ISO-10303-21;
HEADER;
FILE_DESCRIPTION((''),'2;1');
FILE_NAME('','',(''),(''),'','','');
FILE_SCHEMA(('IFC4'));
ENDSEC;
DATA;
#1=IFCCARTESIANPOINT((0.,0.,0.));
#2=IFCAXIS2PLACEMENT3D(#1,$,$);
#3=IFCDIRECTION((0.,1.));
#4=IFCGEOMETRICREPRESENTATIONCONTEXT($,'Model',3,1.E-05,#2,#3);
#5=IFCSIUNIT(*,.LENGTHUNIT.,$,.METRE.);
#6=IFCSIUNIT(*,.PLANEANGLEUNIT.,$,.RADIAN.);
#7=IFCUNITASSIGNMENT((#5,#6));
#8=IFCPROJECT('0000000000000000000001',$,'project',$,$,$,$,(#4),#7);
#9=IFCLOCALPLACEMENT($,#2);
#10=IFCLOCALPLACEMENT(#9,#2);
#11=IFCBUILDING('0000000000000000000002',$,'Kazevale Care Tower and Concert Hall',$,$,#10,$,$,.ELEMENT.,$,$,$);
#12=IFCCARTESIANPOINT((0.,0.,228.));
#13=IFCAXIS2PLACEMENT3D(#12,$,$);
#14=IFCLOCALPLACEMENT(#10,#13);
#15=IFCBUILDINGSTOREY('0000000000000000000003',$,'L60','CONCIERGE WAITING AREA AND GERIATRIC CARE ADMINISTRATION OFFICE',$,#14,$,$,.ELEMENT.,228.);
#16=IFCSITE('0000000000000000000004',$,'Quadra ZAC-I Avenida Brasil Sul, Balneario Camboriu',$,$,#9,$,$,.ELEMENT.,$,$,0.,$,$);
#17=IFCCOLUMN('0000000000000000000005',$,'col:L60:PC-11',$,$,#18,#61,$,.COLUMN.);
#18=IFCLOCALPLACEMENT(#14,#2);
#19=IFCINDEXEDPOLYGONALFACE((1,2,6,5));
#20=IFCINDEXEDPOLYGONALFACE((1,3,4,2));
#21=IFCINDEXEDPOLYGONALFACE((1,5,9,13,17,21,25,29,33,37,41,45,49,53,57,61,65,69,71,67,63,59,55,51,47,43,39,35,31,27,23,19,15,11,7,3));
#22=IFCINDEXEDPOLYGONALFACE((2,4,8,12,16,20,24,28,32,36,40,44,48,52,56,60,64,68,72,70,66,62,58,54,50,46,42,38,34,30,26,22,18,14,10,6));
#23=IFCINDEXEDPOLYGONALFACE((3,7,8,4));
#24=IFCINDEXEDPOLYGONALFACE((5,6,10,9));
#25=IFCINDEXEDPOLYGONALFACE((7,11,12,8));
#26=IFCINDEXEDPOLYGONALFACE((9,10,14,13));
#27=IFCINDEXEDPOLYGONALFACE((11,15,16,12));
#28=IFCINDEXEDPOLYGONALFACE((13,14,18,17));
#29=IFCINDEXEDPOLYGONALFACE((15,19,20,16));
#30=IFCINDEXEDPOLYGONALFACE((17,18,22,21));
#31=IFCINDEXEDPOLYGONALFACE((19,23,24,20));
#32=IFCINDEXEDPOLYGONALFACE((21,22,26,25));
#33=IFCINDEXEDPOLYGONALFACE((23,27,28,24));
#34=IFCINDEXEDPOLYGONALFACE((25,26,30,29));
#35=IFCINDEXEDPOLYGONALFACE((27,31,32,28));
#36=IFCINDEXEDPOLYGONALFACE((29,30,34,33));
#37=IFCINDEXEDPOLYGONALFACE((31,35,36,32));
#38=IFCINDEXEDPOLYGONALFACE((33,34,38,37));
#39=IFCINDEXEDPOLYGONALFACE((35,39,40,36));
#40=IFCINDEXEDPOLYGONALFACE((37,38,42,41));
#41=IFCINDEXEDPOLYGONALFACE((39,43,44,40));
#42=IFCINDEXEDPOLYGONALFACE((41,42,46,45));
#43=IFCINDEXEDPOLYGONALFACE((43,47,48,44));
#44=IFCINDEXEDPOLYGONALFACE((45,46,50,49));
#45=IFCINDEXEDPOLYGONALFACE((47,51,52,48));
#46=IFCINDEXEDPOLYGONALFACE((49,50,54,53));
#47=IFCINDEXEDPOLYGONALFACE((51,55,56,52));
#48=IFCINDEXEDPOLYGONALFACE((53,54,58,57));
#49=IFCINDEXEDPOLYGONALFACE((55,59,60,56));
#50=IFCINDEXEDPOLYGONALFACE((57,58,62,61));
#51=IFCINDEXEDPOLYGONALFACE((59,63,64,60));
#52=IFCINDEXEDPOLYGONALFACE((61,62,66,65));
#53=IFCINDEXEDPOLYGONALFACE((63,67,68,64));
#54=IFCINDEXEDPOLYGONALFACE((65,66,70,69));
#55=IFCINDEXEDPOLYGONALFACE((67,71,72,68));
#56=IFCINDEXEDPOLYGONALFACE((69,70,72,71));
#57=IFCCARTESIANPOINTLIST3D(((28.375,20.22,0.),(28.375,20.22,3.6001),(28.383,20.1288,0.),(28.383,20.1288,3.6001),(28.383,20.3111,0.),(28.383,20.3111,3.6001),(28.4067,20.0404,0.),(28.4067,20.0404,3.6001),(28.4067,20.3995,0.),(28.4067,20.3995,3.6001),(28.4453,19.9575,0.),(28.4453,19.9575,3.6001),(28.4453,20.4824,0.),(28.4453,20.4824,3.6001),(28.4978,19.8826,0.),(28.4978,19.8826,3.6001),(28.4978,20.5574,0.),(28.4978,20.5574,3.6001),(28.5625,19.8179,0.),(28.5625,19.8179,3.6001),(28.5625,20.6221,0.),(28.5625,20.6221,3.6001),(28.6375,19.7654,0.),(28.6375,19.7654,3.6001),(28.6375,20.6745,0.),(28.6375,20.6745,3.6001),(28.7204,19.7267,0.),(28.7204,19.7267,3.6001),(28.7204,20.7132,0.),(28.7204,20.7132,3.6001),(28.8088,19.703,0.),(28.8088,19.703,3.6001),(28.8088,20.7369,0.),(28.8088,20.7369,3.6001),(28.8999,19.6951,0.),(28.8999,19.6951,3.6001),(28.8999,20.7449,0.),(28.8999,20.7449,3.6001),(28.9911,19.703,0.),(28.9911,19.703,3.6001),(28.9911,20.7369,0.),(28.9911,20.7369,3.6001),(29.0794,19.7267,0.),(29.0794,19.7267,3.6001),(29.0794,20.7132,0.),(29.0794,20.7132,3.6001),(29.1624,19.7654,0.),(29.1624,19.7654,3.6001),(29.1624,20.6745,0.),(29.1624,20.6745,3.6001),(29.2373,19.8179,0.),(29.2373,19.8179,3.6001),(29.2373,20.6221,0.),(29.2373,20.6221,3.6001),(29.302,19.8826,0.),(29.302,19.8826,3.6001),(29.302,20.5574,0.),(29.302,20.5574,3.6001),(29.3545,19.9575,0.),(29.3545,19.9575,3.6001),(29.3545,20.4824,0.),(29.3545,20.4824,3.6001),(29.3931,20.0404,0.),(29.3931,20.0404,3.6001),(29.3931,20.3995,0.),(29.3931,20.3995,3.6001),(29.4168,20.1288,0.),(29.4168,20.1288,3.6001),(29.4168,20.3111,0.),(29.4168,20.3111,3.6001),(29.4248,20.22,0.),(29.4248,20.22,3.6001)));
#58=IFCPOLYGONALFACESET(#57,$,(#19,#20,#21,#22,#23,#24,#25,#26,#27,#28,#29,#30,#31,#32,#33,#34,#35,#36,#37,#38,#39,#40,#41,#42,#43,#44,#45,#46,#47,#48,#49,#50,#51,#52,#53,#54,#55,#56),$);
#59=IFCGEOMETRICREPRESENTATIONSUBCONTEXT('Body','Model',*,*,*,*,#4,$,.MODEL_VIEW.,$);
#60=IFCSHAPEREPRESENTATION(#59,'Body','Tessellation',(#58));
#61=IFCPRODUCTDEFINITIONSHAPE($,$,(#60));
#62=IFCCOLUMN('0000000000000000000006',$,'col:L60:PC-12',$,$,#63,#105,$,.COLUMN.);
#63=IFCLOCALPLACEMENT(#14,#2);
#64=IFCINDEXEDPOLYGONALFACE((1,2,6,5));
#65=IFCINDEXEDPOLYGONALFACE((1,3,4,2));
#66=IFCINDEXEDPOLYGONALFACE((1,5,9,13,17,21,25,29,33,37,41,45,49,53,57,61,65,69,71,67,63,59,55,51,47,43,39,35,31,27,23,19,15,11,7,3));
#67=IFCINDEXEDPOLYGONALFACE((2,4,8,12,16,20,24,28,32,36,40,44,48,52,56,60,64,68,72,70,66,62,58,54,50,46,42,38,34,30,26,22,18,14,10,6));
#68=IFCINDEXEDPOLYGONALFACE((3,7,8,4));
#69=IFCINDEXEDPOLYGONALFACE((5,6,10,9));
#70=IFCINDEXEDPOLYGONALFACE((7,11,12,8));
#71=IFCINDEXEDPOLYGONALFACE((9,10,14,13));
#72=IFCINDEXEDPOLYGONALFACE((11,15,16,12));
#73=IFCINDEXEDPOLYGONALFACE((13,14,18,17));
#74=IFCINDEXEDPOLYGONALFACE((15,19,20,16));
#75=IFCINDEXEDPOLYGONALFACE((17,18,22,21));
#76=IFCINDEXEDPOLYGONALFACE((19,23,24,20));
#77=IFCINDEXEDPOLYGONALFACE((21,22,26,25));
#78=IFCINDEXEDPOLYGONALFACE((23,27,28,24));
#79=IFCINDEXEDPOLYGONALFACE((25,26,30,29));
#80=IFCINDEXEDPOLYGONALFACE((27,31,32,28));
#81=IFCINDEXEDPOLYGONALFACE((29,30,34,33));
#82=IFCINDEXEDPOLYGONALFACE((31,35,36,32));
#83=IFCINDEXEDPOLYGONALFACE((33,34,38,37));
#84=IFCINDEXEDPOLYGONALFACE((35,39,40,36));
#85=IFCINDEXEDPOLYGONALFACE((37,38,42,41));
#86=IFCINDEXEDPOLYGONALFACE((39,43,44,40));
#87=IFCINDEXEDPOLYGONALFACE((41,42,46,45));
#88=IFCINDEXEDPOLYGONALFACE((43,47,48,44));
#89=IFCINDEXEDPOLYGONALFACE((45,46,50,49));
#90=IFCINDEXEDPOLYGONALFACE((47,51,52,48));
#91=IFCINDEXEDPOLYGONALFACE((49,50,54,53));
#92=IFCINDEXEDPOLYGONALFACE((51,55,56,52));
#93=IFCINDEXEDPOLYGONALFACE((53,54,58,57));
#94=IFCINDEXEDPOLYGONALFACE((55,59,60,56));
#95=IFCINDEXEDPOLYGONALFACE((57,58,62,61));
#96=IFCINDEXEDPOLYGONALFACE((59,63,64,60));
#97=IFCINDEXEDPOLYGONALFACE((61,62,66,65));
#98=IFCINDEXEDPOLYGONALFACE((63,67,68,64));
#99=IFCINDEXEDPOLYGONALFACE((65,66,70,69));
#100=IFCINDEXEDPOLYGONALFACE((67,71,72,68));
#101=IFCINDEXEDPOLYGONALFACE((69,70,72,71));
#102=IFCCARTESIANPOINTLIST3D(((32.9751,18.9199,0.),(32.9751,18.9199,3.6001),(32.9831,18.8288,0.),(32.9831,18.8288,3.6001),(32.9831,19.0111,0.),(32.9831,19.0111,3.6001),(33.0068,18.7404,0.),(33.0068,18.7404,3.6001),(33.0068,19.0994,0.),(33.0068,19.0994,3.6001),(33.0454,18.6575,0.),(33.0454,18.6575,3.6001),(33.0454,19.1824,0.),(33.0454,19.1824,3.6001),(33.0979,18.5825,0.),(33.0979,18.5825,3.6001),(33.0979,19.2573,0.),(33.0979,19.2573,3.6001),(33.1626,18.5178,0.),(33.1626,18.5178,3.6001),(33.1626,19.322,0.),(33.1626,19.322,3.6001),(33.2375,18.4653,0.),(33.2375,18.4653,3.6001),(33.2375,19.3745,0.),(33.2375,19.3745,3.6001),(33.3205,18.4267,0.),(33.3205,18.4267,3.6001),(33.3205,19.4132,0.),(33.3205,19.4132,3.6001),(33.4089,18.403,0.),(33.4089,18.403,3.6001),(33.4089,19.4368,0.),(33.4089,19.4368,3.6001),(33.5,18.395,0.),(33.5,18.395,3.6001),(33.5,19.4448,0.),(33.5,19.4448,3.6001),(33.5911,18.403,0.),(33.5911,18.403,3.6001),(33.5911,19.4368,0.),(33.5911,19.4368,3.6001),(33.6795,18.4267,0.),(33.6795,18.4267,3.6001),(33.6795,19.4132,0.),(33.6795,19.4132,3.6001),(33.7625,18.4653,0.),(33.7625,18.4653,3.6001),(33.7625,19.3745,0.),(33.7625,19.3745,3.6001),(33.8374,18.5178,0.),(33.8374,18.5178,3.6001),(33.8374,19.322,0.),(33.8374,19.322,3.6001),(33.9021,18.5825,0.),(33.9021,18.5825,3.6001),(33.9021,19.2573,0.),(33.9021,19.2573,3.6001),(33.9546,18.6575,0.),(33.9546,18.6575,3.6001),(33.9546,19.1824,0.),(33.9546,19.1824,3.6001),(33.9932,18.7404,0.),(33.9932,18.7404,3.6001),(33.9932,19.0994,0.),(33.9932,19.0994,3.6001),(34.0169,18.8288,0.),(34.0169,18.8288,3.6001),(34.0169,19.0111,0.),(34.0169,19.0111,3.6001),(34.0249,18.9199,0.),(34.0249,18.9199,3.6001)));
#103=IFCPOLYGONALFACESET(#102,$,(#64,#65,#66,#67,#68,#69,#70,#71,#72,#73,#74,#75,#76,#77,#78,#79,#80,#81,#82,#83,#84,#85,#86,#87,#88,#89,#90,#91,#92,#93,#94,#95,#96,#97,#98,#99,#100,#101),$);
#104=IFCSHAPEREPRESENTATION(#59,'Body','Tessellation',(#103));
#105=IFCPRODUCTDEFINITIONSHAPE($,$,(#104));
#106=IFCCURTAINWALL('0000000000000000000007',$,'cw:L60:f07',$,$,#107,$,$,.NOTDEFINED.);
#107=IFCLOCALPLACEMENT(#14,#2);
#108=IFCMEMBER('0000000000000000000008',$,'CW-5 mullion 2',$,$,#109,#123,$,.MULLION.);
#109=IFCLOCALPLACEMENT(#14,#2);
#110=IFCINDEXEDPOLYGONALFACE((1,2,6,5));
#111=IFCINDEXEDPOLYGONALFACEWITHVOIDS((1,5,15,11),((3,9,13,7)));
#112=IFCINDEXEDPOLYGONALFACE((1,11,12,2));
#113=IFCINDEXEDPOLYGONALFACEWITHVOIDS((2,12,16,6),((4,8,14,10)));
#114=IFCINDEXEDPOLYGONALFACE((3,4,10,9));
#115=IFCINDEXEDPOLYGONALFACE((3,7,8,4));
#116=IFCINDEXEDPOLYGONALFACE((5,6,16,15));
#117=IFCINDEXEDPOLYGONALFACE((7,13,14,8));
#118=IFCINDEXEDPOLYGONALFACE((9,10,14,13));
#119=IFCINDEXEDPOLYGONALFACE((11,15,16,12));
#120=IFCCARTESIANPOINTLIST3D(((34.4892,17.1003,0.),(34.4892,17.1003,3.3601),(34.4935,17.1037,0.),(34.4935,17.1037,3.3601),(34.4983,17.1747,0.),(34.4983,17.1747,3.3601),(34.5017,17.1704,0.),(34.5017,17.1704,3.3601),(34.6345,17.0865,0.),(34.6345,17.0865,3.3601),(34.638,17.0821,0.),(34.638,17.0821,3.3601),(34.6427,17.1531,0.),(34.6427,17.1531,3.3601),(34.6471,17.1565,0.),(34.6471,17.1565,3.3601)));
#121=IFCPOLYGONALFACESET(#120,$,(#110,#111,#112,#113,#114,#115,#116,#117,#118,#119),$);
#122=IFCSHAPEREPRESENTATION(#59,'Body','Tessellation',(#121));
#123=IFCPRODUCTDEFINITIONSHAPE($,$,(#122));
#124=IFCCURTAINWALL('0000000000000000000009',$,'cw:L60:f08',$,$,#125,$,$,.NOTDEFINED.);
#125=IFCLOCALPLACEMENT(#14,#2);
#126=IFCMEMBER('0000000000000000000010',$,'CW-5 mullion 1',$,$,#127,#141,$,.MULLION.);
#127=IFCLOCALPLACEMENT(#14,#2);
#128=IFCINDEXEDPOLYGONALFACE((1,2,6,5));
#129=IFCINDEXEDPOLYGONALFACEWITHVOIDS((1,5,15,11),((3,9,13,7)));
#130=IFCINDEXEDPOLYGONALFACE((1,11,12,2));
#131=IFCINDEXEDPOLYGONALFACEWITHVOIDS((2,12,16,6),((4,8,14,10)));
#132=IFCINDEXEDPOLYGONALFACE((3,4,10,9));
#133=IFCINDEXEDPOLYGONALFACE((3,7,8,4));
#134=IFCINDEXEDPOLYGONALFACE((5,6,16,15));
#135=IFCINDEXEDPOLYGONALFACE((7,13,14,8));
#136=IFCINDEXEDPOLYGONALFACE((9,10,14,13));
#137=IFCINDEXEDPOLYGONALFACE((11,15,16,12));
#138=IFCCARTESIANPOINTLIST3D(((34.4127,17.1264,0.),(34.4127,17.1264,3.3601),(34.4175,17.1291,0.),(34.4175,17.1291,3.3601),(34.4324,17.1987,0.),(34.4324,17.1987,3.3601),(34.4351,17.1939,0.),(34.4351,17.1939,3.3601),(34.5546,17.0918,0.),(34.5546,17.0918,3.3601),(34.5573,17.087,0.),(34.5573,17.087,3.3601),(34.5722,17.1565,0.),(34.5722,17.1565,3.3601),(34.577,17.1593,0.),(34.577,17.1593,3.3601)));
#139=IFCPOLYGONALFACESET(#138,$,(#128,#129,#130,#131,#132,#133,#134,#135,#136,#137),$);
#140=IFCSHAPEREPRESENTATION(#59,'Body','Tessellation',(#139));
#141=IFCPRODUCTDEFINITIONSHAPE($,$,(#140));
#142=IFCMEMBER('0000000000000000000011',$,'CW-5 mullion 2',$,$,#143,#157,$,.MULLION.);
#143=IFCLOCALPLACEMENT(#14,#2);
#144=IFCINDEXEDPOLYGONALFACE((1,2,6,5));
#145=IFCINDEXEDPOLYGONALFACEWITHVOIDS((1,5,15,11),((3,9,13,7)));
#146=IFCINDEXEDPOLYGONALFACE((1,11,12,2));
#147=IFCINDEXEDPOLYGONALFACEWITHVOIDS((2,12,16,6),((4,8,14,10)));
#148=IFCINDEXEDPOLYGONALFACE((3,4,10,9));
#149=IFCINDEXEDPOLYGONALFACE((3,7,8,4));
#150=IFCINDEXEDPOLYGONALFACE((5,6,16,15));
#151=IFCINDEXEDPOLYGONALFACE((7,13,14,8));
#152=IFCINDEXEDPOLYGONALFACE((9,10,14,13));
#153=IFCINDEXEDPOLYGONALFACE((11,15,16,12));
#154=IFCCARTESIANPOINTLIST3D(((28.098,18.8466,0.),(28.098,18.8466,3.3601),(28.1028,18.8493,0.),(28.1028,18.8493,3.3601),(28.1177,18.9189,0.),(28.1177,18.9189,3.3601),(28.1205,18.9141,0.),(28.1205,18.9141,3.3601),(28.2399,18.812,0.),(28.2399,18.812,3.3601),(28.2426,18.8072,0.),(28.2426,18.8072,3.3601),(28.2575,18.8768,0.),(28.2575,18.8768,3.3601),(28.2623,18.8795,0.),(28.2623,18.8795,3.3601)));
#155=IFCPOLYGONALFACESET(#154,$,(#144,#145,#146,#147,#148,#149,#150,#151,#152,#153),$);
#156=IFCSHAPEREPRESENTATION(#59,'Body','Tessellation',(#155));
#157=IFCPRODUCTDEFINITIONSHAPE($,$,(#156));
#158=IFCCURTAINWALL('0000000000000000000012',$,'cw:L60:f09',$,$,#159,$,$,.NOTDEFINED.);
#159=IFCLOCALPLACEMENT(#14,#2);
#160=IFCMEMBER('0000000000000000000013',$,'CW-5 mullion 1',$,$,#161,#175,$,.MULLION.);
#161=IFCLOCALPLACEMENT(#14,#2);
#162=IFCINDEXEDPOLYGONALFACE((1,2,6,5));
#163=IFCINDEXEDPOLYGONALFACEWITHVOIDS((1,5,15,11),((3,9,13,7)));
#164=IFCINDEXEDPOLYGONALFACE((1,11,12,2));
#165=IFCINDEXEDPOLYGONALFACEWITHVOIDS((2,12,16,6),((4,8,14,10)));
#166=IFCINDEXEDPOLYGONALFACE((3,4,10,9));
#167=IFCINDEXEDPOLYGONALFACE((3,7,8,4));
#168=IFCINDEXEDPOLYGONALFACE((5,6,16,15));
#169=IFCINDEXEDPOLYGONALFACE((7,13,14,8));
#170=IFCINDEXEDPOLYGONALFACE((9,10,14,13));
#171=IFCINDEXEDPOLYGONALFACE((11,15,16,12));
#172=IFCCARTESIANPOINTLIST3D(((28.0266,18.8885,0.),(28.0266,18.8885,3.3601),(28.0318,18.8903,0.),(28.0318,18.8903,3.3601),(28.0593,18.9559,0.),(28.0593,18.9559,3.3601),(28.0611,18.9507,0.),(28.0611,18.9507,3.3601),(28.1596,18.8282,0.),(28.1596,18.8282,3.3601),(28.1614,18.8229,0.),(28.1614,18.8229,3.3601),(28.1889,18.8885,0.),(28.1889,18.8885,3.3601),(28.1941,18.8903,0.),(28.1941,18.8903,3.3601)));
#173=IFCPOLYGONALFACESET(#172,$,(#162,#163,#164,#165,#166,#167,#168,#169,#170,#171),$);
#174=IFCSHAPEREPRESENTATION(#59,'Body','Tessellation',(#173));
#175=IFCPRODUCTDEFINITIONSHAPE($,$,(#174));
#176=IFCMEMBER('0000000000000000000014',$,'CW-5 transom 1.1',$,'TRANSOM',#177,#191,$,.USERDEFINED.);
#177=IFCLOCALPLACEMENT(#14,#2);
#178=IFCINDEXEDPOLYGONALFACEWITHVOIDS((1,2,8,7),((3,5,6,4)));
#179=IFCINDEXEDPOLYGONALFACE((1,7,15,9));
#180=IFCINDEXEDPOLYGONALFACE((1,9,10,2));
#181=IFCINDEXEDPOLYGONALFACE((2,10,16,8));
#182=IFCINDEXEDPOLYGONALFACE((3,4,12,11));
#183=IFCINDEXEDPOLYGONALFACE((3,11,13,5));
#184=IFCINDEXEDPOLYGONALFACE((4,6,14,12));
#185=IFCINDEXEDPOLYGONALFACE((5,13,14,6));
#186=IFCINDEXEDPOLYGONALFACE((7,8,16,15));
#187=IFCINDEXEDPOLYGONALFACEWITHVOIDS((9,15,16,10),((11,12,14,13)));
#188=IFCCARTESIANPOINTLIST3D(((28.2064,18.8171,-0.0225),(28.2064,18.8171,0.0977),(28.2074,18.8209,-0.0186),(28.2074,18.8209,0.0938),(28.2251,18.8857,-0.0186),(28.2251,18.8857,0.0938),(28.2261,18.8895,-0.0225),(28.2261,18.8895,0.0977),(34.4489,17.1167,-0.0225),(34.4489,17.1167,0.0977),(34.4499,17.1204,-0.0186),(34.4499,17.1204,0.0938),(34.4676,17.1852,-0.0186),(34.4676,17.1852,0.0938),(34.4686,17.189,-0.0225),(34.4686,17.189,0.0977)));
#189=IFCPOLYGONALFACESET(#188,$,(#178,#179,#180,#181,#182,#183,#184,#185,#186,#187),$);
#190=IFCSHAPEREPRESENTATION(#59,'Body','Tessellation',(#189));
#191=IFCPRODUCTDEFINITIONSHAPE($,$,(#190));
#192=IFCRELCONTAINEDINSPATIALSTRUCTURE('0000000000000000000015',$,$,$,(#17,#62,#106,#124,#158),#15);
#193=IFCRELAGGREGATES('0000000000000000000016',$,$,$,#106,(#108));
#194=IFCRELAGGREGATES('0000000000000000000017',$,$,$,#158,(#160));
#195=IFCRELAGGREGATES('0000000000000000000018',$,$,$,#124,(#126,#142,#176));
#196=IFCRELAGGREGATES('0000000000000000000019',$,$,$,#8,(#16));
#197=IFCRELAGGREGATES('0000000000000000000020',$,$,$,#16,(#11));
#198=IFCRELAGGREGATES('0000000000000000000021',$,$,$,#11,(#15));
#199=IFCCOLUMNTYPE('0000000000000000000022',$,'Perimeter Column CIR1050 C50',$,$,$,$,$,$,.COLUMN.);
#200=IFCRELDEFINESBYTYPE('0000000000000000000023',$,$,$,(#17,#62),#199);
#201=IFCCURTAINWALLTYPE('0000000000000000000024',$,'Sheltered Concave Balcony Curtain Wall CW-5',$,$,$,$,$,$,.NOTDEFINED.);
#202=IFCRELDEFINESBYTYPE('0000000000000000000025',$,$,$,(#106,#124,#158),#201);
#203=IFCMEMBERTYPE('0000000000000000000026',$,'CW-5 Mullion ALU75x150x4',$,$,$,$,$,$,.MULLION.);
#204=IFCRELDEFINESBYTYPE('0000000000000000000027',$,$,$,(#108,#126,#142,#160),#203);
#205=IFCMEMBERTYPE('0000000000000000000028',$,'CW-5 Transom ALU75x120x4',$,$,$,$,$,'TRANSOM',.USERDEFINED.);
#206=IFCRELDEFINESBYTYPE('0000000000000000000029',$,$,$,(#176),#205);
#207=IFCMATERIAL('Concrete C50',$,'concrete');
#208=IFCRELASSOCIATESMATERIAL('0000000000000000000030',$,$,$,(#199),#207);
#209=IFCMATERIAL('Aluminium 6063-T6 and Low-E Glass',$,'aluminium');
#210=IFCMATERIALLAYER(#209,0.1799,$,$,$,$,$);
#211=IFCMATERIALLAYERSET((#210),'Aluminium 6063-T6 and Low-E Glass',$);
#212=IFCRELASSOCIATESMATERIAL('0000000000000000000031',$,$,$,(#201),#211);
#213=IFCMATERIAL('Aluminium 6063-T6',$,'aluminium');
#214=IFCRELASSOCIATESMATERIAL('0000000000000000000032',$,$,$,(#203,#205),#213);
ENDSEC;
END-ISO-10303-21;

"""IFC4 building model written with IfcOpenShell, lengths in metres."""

from ifc_helpers import new_model, si_unit, direction, frame, origin, origin_2d, place, context, subcontext, project, spatial, hollow_rectangle, circle, extrude, material, layer, layer_set, material_profile, profile_set, type_object, element, aggregate, save


model = new_model("IFC4")

# Units and contexts
model_context = context("Model", 3, precision=1e-05, world=origin(), true_north=direction((0.0, 1.0)))
body_context = subcontext(model_context, "Body", "Model", "MODEL_VIEW")
ifc_project = project(units=[si_unit("LENGTHUNIT", "METRE"), si_unit("PLANEANGLEUNIT", "RADIAN")], contexts=[model_context])

# Site, building, storey
site_placement = place(None, origin())
site = spatial("IfcSite", under=ifc_project, at=site_placement, Name="Quadra ZAC-I Avenida Brasil Sul, Balneario Camboriu", CompositionType="ELEMENT", RefElevation=0.0)
building_placement = place(site_placement, origin())
building = spatial("IfcBuilding", under=site, at=building_placement, Name="Kazevale Care Tower and Concert Hall", CompositionType="ELEMENT")
storey_placement = place(building_placement, frame((0.0, 0.0, 228.0)))
storey = spatial("IfcBuildingStorey", under=building, at=storey_placement, Name="L60", Description="CONCIERGE WAITING AREA AND GERIATRIC CARE ADMINISTRATION OFFICE", CompositionType="ELEMENT", Elevation=228.0)

# Columns
ifc_material_1 = material(Name="Concrete C50", Category="concrete")
ifc_material_profile_1 = material_profile(ifc_material_1, circle(Radius=0.5249, at=origin_2d()), Name="RC-CIR1050")
ifc_profile_set_1 = profile_set([ifc_material_profile_1], Name="Concrete C50")
column_type = type_object("IfcColumnType", Name="Perimeter Column CIR1050 C50", PredefinedType="COLUMN", material=ifc_profile_set_1)
for number, where, z_axis, x_axis, name in (
    (1, (28.8999, 20.22, 0.0), (0.0, 0.0, 1.0), (1.0, 0.0, 0.0), "col:L60:PC-11"),
    (2, (33.5, 18.9199, 0.0), (0.0, 0.0, 1.0), (1.0, 0.0, 0.0), "col:L60:PC-12"),
):
    element("IfcColumn", number, at=place(storey_placement, frame(where, z_axis=z_axis, x_axis=x_axis)), inside=storey, type_object=column_type, Name=name, PredefinedType="COLUMN", context=body_context, shape_type="SweptSolid", body=[
        extrude(circle(Radius=0.5249, at=origin_2d()), origin(), (0.0, 0.0, 1.0), 3.6001),
    ])

# Curtain wall, member
ifc_material_2 = material(Name="Aluminium 6063-T6 and Low-E Glass", Category="aluminium")
ifc_layer_1 = layer(ifc_material_2, 0.1799)
ifc_layer_set_1 = layer_set([ifc_layer_1], Name="Aluminium 6063-T6 and Low-E Glass")
curtain_wall_type = type_object("IfcCurtainWallType", Name="Sheltered Concave Balcony Curtain Wall CW-5", PredefinedType="NOTDEFINED", material=ifc_layer_set_1)
curtain_wall_1_placement = place(storey_placement, origin())
curtain_wall_1 = element("IfcCurtainWall", 3, at=curtain_wall_1_placement, inside=storey, type_object=curtain_wall_type, Name="cw:L60:f07", PredefinedType="NOTDEFINED")
ifc_material_3 = material(Name="Aluminium 6063-T6", Category="aluminium")
ifc_material_profile_2 = material_profile(ifc_material_3, hollow_rectangle(XDim=0.075, YDim=0.1499, WallThickness=0.0039, at=origin_2d()), Name="ALU75x150x4")
ifc_profile_set_2 = profile_set([ifc_material_profile_2], Name="Aluminium 6063-T6")
member_type_1 = type_object("IfcMemberType", Name="CW-5 Mullion ALU75x150x4", PredefinedType="MULLION", material=ifc_profile_set_2)
member_1_placement = place(storey_placement, frame((34.5681, 17.1284, 0.0), z_axis=(0.0, 0.0, 1.0), x_axis=(-0.121651, -0.992573, 0.0)))
member_1 = element("IfcMember", 4, at=member_1_placement, type_object=member_type_1, Name="CW-5 mullion 2", PredefinedType="MULLION", context=body_context, shape_type="SweptSolid", body=[
    extrude(hollow_rectangle(XDim=0.075, YDim=0.1499, WallThickness=0.0039, at=origin_2d()), origin(), (0.0, 0.0, 1.0), 3.3601),
])
aggregate(curtain_wall_1, [member_1])

# Curtain wall, members
curtain_wall_2_placement = place(storey_placement, origin())
curtain_wall_2 = element("IfcCurtainWall", 5, at=curtain_wall_2_placement, inside=storey, type_object=curtain_wall_type, Name="cw:L60:f08", PredefinedType="NOTDEFINED")
member_2_placement = place(storey_placement, frame((34.4949, 17.1428, 0.0), z_axis=(0.0, 0.0, 1.0), x_axis=(-0.262849, -0.964837, 0.0)))
member_2 = element("IfcMember", 6, at=member_2_placement, type_object=member_type_1, Name="CW-5 mullion 1", PredefinedType="MULLION", context=body_context, shape_type="SweptSolid", body=[
    extrude(hollow_rectangle(XDim=0.075, YDim=0.1499, WallThickness=0.0039, at=origin_2d()), origin(), (0.0, 0.0, 1.0), 3.3601),
])
member_3_placement = place(storey_placement, frame((28.1802, 18.863, 0.0), z_axis=(0.0, 0.0, 1.0), x_axis=(-0.262849, -0.964837, 0.0)))
member_3 = element("IfcMember", 7, at=member_3_placement, type_object=member_type_1, Name="CW-5 mullion 2", PredefinedType="MULLION", context=body_context, shape_type="SweptSolid", body=[
    extrude(hollow_rectangle(XDim=0.075, YDim=0.1499, WallThickness=0.0039, at=origin_2d()), origin(), (0.0, 0.0, 1.0), 3.3601),
])

# Curtain wall, member
curtain_wall_3_placement = place(storey_placement, origin())
curtain_wall_3 = element("IfcCurtainWall", 8, at=curtain_wall_3_placement, inside=storey, type_object=curtain_wall_type, Name="cw:L60:f09", PredefinedType="NOTDEFINED")
member_4_placement = place(storey_placement, frame((28.1104, 18.8894, 0.0), z_axis=(0.0, 0.0, 1.0), x_axis=(-0.437238, -0.899346, 0.0)))
member_4 = element("IfcMember", 9, at=member_4_placement, type_object=member_type_1, Name="CW-5 mullion 1", PredefinedType="MULLION", context=body_context, shape_type="SweptSolid", body=[
    extrude(hollow_rectangle(XDim=0.075, YDim=0.1499, WallThickness=0.0039, at=origin_2d()), origin(), (0.0, 0.0, 1.0), 3.3601),
])

# Member
ifc_material_profile_3 = material_profile(ifc_material_3, hollow_rectangle(XDim=0.075, YDim=0.1201, WallThickness=0.0039, at=origin_2d()), Name="ALU75x120x4")
ifc_profile_set_3 = profile_set([ifc_material_profile_3], Name="Aluminium 6063-T6")
member_type_2 = type_object("IfcMemberType", Name="CW-5 Transom ALU75x120x4", ElementType="TRANSOM", PredefinedType="USERDEFINED", material=ifc_profile_set_3)
member_5_placement = place(storey_placement, frame((34.4587, 17.1528, 0.0376), z_axis=(-0.964844, 0.262824, 0.0), x_axis=(-0.262824, -0.964844, 0.0)))
member_5 = element("IfcMember", 10, at=member_5_placement, type_object=member_type_2, Name="CW-5 transom 1.1", ObjectType="TRANSOM", PredefinedType="USERDEFINED", context=body_context, shape_type="SweptSolid", body=[
    extrude(hollow_rectangle(XDim=0.075, YDim=0.1201, WallThickness=0.0039, at=origin_2d()), origin(), (0.0, 0.0, 1.0), 6.47),
])
aggregate(curtain_wall_3, [member_4])

aggregate(curtain_wall_2, [member_2, member_3, member_5])

save(model, "model.ifc")
